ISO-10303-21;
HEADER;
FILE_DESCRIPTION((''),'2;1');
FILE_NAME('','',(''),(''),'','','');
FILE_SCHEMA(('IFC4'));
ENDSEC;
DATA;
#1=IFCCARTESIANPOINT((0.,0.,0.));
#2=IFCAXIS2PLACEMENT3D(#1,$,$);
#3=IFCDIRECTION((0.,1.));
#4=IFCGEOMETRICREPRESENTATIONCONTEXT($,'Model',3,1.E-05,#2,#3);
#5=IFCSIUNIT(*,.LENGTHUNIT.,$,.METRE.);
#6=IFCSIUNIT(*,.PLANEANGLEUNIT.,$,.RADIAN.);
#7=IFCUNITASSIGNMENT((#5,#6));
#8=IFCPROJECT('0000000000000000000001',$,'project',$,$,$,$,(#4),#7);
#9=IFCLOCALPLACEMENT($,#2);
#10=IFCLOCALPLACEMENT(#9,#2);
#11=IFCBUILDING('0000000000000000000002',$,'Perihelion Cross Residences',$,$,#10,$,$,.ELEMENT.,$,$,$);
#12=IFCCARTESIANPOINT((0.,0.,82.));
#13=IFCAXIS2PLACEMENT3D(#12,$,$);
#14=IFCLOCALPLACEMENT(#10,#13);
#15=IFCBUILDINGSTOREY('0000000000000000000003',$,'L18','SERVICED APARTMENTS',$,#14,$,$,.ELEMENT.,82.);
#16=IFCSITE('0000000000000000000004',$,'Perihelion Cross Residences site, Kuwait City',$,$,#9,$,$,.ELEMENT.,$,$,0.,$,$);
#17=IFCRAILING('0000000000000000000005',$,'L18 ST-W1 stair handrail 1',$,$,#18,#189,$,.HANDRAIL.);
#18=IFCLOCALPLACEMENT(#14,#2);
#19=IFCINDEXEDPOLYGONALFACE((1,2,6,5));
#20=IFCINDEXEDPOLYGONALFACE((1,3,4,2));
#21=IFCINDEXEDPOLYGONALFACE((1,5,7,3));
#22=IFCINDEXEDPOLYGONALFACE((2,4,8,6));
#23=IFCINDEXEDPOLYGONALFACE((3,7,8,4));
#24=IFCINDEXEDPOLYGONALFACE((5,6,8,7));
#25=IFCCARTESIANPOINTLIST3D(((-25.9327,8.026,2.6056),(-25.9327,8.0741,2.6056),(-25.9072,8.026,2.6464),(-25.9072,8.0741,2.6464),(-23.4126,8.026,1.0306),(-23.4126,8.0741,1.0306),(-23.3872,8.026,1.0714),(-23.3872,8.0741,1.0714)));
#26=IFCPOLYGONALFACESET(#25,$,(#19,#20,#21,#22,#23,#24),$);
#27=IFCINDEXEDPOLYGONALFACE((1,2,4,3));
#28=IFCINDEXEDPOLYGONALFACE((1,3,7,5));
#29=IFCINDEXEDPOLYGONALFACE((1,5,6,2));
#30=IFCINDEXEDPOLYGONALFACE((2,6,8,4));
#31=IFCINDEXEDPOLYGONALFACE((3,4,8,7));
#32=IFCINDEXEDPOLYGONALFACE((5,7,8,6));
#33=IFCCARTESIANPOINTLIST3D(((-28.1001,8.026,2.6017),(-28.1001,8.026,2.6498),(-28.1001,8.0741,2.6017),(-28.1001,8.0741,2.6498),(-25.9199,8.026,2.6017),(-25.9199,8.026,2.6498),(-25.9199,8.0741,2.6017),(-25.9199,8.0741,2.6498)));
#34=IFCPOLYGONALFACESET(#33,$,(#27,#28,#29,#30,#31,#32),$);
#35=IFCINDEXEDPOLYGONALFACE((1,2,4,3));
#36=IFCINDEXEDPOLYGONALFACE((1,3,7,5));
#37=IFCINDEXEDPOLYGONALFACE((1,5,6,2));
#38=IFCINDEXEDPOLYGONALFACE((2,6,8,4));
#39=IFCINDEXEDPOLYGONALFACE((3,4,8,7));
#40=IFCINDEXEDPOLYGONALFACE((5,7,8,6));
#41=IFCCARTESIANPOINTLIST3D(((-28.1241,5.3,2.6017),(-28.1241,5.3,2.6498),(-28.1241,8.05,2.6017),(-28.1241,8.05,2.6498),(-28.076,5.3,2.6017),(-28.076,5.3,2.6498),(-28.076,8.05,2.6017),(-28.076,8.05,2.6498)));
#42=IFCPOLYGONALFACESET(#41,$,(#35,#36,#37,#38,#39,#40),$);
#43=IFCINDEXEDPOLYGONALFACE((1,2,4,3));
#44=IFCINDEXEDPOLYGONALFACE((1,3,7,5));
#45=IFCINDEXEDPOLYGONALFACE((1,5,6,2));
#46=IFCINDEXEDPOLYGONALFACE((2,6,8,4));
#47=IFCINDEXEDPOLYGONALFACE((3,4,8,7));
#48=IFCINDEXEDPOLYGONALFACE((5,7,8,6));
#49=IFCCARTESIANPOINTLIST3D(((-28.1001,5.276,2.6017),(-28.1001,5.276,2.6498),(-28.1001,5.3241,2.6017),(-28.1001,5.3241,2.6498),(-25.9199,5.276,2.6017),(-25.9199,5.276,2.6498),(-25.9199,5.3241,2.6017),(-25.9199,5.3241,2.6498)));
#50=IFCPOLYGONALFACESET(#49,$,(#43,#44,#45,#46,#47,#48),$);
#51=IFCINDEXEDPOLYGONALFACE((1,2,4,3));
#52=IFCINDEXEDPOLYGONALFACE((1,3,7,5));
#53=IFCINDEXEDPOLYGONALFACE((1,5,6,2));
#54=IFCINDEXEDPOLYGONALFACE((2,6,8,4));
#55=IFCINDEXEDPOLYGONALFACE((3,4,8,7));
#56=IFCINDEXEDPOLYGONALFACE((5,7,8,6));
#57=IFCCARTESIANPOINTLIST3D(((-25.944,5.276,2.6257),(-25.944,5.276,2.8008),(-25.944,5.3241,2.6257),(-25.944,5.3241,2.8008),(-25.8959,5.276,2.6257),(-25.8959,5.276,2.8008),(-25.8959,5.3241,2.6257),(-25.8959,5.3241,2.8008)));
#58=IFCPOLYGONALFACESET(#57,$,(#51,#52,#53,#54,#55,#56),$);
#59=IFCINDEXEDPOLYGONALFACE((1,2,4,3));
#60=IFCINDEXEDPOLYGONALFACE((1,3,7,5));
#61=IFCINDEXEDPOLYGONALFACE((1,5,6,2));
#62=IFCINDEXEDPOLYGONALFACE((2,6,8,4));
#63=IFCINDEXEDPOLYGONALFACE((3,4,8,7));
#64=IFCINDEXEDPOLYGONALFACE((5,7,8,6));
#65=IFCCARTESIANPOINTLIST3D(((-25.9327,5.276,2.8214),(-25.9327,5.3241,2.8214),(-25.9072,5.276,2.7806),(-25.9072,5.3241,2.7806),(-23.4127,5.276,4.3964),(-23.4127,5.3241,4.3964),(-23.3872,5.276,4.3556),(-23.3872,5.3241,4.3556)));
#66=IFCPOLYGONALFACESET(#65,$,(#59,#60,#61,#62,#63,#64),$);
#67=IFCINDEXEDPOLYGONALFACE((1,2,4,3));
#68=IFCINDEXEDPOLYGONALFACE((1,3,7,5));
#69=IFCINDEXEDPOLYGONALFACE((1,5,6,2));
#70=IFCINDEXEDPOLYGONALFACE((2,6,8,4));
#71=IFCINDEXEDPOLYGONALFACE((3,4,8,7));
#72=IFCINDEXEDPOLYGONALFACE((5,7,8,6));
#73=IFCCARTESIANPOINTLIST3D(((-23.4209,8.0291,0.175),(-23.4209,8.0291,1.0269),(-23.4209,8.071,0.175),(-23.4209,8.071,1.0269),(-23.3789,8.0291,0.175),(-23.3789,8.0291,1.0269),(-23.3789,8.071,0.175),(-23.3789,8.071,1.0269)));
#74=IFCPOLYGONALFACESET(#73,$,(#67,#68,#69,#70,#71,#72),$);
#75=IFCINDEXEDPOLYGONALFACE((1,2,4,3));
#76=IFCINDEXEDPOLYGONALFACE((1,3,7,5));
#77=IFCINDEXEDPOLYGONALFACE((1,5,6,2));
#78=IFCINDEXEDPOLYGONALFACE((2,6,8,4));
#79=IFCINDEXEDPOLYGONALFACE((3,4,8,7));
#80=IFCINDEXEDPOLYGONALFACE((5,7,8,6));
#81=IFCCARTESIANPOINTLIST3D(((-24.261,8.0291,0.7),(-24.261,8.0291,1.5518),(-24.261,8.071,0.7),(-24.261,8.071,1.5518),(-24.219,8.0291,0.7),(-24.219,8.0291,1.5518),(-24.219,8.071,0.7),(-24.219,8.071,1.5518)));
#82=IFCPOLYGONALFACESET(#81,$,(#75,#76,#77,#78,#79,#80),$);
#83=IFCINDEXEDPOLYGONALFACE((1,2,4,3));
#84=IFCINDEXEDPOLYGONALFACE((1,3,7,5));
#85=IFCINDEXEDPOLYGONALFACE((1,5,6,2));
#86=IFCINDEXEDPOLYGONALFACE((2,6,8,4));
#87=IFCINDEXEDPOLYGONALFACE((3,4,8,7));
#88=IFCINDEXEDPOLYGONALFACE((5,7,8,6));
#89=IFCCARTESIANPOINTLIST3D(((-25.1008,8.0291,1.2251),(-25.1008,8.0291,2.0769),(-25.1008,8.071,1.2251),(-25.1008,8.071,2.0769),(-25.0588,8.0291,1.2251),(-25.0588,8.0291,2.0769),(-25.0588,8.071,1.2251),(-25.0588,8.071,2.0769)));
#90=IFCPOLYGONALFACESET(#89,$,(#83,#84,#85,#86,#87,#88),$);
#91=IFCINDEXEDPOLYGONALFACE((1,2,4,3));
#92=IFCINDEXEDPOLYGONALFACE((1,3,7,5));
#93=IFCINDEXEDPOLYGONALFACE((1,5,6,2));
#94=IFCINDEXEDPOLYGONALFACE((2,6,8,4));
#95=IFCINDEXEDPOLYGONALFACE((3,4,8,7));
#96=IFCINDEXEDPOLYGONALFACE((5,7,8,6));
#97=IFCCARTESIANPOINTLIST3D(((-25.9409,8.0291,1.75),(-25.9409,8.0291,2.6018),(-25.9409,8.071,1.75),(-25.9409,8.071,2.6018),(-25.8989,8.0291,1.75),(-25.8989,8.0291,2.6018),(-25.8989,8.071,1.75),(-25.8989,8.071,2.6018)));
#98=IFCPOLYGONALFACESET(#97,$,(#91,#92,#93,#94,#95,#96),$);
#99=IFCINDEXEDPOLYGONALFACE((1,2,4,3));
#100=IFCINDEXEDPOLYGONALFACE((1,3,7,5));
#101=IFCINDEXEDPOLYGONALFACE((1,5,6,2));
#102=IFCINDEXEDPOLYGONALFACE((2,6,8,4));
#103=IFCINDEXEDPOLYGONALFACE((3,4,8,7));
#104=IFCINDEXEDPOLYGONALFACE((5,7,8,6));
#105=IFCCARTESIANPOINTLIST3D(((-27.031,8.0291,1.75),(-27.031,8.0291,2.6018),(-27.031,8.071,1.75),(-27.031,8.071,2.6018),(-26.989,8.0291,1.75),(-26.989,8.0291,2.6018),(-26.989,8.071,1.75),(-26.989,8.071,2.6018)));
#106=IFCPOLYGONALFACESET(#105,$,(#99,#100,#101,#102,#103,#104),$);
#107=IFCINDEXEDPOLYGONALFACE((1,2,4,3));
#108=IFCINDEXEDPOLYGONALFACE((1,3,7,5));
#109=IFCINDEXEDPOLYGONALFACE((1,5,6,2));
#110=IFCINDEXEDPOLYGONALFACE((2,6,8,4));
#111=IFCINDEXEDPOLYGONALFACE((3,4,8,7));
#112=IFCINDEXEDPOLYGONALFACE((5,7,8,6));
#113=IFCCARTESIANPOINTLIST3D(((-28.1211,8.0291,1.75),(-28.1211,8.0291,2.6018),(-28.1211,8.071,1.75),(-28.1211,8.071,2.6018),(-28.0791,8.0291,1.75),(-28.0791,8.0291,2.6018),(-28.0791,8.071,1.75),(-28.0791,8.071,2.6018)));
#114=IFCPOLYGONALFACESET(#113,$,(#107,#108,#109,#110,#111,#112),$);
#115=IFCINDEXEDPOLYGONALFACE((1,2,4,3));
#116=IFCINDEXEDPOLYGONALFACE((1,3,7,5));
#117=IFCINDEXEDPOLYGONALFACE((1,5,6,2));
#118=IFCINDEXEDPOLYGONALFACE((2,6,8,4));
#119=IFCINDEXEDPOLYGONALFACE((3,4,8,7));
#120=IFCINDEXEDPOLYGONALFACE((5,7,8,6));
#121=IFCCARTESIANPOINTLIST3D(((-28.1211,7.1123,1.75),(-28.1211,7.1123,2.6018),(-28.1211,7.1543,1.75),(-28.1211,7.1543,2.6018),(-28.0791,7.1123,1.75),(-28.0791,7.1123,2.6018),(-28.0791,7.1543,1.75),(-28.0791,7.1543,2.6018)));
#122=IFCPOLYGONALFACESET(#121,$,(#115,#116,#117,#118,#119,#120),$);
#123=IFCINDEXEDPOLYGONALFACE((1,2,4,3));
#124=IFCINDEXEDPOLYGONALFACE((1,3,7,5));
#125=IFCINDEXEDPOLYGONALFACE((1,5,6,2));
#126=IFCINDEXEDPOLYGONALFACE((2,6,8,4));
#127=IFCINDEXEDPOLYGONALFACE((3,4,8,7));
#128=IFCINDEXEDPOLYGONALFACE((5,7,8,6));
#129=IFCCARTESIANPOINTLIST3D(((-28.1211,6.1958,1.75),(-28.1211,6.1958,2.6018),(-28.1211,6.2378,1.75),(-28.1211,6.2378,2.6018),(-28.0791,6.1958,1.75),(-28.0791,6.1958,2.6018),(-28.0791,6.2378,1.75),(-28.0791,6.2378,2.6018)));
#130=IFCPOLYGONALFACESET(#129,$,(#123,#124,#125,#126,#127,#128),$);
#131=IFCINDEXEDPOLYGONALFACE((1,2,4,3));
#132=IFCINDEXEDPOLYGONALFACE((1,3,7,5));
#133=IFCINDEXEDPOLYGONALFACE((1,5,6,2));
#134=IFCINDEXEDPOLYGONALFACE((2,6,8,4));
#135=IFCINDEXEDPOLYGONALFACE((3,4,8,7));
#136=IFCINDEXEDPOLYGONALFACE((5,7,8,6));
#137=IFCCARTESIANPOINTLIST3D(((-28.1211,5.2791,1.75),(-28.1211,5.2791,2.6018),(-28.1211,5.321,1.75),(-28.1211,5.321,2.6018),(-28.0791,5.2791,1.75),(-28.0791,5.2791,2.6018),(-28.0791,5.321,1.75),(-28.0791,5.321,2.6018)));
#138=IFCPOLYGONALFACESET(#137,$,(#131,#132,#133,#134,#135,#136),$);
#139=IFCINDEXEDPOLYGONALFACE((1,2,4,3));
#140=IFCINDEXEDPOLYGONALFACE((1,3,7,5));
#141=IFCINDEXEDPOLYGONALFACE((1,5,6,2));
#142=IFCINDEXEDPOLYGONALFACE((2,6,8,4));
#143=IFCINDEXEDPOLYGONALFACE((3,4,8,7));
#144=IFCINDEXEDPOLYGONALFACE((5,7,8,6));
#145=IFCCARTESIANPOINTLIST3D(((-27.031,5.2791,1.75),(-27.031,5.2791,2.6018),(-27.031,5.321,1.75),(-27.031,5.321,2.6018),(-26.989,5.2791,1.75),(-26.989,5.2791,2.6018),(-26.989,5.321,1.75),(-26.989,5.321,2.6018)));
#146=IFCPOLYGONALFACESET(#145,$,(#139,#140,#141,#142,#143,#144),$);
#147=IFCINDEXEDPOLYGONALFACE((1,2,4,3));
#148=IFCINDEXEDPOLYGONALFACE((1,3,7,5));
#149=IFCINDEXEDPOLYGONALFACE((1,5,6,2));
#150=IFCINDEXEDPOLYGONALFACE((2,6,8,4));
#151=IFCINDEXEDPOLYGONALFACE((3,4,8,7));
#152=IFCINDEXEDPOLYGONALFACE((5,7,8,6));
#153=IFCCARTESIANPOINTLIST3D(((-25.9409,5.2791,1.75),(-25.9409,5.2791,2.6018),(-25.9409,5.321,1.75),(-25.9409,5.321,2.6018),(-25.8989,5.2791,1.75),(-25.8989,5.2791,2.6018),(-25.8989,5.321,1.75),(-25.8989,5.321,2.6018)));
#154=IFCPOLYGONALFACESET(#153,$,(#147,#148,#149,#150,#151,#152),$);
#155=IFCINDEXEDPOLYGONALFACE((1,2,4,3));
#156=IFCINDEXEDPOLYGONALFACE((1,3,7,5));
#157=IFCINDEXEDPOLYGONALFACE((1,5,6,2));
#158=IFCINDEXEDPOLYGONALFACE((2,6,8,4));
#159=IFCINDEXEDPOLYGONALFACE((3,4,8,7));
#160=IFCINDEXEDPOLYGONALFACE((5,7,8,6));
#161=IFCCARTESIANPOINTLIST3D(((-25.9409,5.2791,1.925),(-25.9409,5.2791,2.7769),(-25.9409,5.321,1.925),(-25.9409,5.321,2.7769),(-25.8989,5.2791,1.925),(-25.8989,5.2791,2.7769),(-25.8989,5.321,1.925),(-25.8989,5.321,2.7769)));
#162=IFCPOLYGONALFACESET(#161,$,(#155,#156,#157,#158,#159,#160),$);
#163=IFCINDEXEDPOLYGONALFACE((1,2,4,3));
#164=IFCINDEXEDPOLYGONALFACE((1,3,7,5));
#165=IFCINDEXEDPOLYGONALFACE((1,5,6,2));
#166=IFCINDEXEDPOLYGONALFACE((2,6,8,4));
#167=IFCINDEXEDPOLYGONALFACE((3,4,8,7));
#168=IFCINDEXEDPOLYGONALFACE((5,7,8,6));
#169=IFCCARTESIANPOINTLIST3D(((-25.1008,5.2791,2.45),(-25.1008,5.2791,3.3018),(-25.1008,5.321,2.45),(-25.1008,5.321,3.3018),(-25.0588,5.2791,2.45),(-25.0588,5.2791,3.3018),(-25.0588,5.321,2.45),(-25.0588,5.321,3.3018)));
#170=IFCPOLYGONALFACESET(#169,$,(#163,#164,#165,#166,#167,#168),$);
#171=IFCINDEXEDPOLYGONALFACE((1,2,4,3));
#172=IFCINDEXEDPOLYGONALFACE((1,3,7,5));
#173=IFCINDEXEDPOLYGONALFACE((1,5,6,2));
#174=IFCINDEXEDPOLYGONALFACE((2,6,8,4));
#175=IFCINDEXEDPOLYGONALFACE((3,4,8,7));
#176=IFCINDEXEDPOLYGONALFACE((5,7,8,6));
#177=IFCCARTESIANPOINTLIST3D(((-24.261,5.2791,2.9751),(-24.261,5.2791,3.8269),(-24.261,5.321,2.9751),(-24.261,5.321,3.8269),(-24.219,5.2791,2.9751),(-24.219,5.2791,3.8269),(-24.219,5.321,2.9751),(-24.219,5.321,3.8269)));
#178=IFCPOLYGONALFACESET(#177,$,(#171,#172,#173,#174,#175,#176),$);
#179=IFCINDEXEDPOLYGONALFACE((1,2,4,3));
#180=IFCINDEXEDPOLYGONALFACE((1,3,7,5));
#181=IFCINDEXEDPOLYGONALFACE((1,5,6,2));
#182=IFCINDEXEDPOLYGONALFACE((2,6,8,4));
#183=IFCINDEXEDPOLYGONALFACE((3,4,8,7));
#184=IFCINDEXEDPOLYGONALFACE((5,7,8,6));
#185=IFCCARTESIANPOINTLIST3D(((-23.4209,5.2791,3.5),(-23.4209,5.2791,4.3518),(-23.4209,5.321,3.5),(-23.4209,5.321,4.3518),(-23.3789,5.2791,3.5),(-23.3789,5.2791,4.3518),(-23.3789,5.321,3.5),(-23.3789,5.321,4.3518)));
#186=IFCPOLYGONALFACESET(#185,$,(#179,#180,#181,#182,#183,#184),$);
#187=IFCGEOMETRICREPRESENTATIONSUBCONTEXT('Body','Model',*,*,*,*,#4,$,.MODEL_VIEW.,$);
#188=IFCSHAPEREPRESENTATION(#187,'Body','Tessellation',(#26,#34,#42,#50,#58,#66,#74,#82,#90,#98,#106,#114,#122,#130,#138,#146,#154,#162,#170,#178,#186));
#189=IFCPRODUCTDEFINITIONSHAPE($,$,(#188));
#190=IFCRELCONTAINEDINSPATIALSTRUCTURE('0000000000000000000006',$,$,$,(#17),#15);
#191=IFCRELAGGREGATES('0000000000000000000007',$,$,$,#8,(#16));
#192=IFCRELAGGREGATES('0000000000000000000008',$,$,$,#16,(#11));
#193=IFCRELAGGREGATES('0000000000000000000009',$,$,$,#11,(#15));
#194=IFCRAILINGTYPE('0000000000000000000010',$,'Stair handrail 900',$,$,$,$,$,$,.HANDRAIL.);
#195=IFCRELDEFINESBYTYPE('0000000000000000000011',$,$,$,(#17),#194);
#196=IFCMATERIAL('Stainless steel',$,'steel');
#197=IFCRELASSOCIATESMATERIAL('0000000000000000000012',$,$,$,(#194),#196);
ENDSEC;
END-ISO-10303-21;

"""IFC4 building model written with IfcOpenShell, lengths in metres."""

from ifc_helpers import new_model, si_unit, direction, frame, origin, origin_2d, place, context, subcontext, project, spatial, rectangle, extrude, material, type_object, element, save


model = new_model("IFC4")

# Units and contexts
model_context = context("Model", 3, precision=1e-05, world=origin(), true_north=direction((0.0, 1.0)))
body_context = subcontext(model_context, "Body", "Model", "MODEL_VIEW")
ifc_project = project(units=[si_unit("LENGTHUNIT", "METRE"), si_unit("PLANEANGLEUNIT", "RADIAN")], contexts=[model_context])

# Site, building, storey
site_placement = place(None, origin())
site = spatial("IfcSite", under=ifc_project, at=site_placement, Name="Perihelion Cross Residences site, Kuwait City", CompositionType="ELEMENT", RefElevation=0.0)
building_placement = place(site_placement, origin())
building = spatial("IfcBuilding", under=site, at=building_placement, Name="Perihelion Cross Residences", CompositionType="ELEMENT")
storey_placement = place(building_placement, frame((0.0, 0.0, 82.0)))
storey = spatial("IfcBuildingStorey", under=building, at=storey_placement, Name="L18", Description="SERVICED APARTMENTS", CompositionType="ELEMENT", Elevation=82.0)

# Railing
ifc_material_1 = material(Name="Stainless steel", Category="steel")
railing_type_1 = type_object("IfcRailingType", Name="Stair handrail 900", PredefinedType="HANDRAIL", material=ifc_material_1)
railing_1_placement = place(storey_placement, frame((-23.3999, 8.05, 0.175)))
element("IfcRailing", 1, at=railing_1_placement, inside=storey, type_object=railing_type_1, Name="L18 ST-W1 stair handrail 1", PredefinedType="HANDRAIL", context=body_context, shape_type="SweptSolid", body=[
    extrude(rectangle(XDim=0.0481, YDim=0.0481, at=origin_2d()), frame((0.0, 0.0, 0.876), z_axis=(-0.848008, 0.0, 0.529984), x_axis=(0.0, -1.0, 0.0)), (0.0, 0.0, 1.0), 2.9717),
    extrude(rectangle(XDim=0.0481, YDim=0.0481, at=origin_2d()), frame((-2.52, 0.0, 2.4507), z_axis=(-1.0, 0.0, 0.0), x_axis=(0.0, -1.0, 0.0)), (0.0, 0.0, 1.0), 2.1802),
    extrude(rectangle(XDim=0.0481, YDim=0.0481, at=origin_2d()), frame((-4.7002, 0.0, 2.4507), z_axis=(0.0, -1.0, 0.0), x_axis=(1.0, 0.0, 0.0)), (0.0, 0.0, 1.0), 2.75),
    extrude(rectangle(XDim=0.0481, YDim=0.0481, at=origin_2d()), frame((-4.7002, -2.75, 2.4507), z_axis=(1.0, 0.0, 0.0), x_axis=(0.0, 1.0, 0.0)), (0.0, 0.0, 1.0), 2.1802),
    extrude(rectangle(XDim=0.0481, YDim=0.0481, at=origin_2d()), frame((-2.52, -2.75, 2.4507), z_axis=(0.0, 0.0, 1.0), x_axis=(1.0, 0.0, 0.0)), (0.0, 0.0, 1.0), 0.175),
    extrude(rectangle(XDim=0.0481, YDim=0.0481, at=origin_2d()), frame((-2.52, -2.75, 2.626), z_axis=(0.848008, 0.0, 0.529984), x_axis=(0.0, 1.0, 0.0)), (0.0, 0.0, 1.0), 2.9717),
    extrude(rectangle(XDim=0.042, YDim=0.042, at=origin_2d()), origin(), (0.0, 0.0, 1.0), 0.8518),
    extrude(rectangle(XDim=0.042, YDim=0.042, at=origin_2d()), frame((-0.8401, 0.0, 0.5249)), (0.0, 0.0, 1.0), 0.8518),
    extrude(rectangle(XDim=0.042, YDim=0.042, at=origin_2d()), frame((-1.6799, 0.0, 1.05)), (0.0, 0.0, 1.0), 0.8518),
    extrude(rectangle(XDim=0.042, YDim=0.042, at=origin_2d()), frame((-2.52, 0.0, 1.575)), (0.0, 0.0, 1.0), 0.8518),
    extrude(rectangle(XDim=0.042, YDim=0.042, at=origin_2d()), frame((-3.6101, 0.0, 1.575)), (0.0, 0.0, 1.0), 0.8518),
    extrude(rectangle(XDim=0.042, YDim=0.042, at=origin_2d()), frame((-4.7002, 0.0, 1.575)), (0.0, 0.0, 1.0), 0.8518),
    extrude(rectangle(XDim=0.042, YDim=0.042, at=origin_2d()), frame((-4.7002, -0.9167, 1.575)), (0.0, 0.0, 1.0), 0.8518),
    extrude(rectangle(XDim=0.042, YDim=0.042, at=origin_2d()), frame((-4.7002, -1.8333, 1.575)), (0.0, 0.0, 1.0), 0.8518),
    extrude(rectangle(XDim=0.042, YDim=0.042, at=origin_2d()), frame((-4.7002, -2.75, 1.575)), (0.0, 0.0, 1.0), 0.8518),
    extrude(rectangle(XDim=0.042, YDim=0.042, at=origin_2d()), frame((-3.6101, -2.75, 1.575)), (0.0, 0.0, 1.0), 0.8518),
    extrude(rectangle(XDim=0.042, YDim=0.042, at=origin_2d()), frame((-2.52, -2.75, 1.575)), (0.0, 0.0, 1.0), 0.8518),
    extrude(rectangle(XDim=0.042, YDim=0.042, at=origin_2d()), frame((-2.52, -2.75, 1.75)), (0.0, 0.0, 1.0), 0.8518),
    extrude(rectangle(XDim=0.042, YDim=0.042, at=origin_2d()), frame((-1.6799, -2.75, 2.2749)), (0.0, 0.0, 1.0), 0.8518),
    extrude(rectangle(XDim=0.042, YDim=0.042, at=origin_2d()), frame((-0.8401, -2.75, 2.8)), (0.0, 0.0, 1.0), 0.8518),
    extrude(rectangle(XDim=0.042, YDim=0.042, at=origin_2d()), frame((0.0, -2.75, 3.325)), (0.0, 0.0, 1.0), 0.8518),
])

save(model, "model.ifc")
